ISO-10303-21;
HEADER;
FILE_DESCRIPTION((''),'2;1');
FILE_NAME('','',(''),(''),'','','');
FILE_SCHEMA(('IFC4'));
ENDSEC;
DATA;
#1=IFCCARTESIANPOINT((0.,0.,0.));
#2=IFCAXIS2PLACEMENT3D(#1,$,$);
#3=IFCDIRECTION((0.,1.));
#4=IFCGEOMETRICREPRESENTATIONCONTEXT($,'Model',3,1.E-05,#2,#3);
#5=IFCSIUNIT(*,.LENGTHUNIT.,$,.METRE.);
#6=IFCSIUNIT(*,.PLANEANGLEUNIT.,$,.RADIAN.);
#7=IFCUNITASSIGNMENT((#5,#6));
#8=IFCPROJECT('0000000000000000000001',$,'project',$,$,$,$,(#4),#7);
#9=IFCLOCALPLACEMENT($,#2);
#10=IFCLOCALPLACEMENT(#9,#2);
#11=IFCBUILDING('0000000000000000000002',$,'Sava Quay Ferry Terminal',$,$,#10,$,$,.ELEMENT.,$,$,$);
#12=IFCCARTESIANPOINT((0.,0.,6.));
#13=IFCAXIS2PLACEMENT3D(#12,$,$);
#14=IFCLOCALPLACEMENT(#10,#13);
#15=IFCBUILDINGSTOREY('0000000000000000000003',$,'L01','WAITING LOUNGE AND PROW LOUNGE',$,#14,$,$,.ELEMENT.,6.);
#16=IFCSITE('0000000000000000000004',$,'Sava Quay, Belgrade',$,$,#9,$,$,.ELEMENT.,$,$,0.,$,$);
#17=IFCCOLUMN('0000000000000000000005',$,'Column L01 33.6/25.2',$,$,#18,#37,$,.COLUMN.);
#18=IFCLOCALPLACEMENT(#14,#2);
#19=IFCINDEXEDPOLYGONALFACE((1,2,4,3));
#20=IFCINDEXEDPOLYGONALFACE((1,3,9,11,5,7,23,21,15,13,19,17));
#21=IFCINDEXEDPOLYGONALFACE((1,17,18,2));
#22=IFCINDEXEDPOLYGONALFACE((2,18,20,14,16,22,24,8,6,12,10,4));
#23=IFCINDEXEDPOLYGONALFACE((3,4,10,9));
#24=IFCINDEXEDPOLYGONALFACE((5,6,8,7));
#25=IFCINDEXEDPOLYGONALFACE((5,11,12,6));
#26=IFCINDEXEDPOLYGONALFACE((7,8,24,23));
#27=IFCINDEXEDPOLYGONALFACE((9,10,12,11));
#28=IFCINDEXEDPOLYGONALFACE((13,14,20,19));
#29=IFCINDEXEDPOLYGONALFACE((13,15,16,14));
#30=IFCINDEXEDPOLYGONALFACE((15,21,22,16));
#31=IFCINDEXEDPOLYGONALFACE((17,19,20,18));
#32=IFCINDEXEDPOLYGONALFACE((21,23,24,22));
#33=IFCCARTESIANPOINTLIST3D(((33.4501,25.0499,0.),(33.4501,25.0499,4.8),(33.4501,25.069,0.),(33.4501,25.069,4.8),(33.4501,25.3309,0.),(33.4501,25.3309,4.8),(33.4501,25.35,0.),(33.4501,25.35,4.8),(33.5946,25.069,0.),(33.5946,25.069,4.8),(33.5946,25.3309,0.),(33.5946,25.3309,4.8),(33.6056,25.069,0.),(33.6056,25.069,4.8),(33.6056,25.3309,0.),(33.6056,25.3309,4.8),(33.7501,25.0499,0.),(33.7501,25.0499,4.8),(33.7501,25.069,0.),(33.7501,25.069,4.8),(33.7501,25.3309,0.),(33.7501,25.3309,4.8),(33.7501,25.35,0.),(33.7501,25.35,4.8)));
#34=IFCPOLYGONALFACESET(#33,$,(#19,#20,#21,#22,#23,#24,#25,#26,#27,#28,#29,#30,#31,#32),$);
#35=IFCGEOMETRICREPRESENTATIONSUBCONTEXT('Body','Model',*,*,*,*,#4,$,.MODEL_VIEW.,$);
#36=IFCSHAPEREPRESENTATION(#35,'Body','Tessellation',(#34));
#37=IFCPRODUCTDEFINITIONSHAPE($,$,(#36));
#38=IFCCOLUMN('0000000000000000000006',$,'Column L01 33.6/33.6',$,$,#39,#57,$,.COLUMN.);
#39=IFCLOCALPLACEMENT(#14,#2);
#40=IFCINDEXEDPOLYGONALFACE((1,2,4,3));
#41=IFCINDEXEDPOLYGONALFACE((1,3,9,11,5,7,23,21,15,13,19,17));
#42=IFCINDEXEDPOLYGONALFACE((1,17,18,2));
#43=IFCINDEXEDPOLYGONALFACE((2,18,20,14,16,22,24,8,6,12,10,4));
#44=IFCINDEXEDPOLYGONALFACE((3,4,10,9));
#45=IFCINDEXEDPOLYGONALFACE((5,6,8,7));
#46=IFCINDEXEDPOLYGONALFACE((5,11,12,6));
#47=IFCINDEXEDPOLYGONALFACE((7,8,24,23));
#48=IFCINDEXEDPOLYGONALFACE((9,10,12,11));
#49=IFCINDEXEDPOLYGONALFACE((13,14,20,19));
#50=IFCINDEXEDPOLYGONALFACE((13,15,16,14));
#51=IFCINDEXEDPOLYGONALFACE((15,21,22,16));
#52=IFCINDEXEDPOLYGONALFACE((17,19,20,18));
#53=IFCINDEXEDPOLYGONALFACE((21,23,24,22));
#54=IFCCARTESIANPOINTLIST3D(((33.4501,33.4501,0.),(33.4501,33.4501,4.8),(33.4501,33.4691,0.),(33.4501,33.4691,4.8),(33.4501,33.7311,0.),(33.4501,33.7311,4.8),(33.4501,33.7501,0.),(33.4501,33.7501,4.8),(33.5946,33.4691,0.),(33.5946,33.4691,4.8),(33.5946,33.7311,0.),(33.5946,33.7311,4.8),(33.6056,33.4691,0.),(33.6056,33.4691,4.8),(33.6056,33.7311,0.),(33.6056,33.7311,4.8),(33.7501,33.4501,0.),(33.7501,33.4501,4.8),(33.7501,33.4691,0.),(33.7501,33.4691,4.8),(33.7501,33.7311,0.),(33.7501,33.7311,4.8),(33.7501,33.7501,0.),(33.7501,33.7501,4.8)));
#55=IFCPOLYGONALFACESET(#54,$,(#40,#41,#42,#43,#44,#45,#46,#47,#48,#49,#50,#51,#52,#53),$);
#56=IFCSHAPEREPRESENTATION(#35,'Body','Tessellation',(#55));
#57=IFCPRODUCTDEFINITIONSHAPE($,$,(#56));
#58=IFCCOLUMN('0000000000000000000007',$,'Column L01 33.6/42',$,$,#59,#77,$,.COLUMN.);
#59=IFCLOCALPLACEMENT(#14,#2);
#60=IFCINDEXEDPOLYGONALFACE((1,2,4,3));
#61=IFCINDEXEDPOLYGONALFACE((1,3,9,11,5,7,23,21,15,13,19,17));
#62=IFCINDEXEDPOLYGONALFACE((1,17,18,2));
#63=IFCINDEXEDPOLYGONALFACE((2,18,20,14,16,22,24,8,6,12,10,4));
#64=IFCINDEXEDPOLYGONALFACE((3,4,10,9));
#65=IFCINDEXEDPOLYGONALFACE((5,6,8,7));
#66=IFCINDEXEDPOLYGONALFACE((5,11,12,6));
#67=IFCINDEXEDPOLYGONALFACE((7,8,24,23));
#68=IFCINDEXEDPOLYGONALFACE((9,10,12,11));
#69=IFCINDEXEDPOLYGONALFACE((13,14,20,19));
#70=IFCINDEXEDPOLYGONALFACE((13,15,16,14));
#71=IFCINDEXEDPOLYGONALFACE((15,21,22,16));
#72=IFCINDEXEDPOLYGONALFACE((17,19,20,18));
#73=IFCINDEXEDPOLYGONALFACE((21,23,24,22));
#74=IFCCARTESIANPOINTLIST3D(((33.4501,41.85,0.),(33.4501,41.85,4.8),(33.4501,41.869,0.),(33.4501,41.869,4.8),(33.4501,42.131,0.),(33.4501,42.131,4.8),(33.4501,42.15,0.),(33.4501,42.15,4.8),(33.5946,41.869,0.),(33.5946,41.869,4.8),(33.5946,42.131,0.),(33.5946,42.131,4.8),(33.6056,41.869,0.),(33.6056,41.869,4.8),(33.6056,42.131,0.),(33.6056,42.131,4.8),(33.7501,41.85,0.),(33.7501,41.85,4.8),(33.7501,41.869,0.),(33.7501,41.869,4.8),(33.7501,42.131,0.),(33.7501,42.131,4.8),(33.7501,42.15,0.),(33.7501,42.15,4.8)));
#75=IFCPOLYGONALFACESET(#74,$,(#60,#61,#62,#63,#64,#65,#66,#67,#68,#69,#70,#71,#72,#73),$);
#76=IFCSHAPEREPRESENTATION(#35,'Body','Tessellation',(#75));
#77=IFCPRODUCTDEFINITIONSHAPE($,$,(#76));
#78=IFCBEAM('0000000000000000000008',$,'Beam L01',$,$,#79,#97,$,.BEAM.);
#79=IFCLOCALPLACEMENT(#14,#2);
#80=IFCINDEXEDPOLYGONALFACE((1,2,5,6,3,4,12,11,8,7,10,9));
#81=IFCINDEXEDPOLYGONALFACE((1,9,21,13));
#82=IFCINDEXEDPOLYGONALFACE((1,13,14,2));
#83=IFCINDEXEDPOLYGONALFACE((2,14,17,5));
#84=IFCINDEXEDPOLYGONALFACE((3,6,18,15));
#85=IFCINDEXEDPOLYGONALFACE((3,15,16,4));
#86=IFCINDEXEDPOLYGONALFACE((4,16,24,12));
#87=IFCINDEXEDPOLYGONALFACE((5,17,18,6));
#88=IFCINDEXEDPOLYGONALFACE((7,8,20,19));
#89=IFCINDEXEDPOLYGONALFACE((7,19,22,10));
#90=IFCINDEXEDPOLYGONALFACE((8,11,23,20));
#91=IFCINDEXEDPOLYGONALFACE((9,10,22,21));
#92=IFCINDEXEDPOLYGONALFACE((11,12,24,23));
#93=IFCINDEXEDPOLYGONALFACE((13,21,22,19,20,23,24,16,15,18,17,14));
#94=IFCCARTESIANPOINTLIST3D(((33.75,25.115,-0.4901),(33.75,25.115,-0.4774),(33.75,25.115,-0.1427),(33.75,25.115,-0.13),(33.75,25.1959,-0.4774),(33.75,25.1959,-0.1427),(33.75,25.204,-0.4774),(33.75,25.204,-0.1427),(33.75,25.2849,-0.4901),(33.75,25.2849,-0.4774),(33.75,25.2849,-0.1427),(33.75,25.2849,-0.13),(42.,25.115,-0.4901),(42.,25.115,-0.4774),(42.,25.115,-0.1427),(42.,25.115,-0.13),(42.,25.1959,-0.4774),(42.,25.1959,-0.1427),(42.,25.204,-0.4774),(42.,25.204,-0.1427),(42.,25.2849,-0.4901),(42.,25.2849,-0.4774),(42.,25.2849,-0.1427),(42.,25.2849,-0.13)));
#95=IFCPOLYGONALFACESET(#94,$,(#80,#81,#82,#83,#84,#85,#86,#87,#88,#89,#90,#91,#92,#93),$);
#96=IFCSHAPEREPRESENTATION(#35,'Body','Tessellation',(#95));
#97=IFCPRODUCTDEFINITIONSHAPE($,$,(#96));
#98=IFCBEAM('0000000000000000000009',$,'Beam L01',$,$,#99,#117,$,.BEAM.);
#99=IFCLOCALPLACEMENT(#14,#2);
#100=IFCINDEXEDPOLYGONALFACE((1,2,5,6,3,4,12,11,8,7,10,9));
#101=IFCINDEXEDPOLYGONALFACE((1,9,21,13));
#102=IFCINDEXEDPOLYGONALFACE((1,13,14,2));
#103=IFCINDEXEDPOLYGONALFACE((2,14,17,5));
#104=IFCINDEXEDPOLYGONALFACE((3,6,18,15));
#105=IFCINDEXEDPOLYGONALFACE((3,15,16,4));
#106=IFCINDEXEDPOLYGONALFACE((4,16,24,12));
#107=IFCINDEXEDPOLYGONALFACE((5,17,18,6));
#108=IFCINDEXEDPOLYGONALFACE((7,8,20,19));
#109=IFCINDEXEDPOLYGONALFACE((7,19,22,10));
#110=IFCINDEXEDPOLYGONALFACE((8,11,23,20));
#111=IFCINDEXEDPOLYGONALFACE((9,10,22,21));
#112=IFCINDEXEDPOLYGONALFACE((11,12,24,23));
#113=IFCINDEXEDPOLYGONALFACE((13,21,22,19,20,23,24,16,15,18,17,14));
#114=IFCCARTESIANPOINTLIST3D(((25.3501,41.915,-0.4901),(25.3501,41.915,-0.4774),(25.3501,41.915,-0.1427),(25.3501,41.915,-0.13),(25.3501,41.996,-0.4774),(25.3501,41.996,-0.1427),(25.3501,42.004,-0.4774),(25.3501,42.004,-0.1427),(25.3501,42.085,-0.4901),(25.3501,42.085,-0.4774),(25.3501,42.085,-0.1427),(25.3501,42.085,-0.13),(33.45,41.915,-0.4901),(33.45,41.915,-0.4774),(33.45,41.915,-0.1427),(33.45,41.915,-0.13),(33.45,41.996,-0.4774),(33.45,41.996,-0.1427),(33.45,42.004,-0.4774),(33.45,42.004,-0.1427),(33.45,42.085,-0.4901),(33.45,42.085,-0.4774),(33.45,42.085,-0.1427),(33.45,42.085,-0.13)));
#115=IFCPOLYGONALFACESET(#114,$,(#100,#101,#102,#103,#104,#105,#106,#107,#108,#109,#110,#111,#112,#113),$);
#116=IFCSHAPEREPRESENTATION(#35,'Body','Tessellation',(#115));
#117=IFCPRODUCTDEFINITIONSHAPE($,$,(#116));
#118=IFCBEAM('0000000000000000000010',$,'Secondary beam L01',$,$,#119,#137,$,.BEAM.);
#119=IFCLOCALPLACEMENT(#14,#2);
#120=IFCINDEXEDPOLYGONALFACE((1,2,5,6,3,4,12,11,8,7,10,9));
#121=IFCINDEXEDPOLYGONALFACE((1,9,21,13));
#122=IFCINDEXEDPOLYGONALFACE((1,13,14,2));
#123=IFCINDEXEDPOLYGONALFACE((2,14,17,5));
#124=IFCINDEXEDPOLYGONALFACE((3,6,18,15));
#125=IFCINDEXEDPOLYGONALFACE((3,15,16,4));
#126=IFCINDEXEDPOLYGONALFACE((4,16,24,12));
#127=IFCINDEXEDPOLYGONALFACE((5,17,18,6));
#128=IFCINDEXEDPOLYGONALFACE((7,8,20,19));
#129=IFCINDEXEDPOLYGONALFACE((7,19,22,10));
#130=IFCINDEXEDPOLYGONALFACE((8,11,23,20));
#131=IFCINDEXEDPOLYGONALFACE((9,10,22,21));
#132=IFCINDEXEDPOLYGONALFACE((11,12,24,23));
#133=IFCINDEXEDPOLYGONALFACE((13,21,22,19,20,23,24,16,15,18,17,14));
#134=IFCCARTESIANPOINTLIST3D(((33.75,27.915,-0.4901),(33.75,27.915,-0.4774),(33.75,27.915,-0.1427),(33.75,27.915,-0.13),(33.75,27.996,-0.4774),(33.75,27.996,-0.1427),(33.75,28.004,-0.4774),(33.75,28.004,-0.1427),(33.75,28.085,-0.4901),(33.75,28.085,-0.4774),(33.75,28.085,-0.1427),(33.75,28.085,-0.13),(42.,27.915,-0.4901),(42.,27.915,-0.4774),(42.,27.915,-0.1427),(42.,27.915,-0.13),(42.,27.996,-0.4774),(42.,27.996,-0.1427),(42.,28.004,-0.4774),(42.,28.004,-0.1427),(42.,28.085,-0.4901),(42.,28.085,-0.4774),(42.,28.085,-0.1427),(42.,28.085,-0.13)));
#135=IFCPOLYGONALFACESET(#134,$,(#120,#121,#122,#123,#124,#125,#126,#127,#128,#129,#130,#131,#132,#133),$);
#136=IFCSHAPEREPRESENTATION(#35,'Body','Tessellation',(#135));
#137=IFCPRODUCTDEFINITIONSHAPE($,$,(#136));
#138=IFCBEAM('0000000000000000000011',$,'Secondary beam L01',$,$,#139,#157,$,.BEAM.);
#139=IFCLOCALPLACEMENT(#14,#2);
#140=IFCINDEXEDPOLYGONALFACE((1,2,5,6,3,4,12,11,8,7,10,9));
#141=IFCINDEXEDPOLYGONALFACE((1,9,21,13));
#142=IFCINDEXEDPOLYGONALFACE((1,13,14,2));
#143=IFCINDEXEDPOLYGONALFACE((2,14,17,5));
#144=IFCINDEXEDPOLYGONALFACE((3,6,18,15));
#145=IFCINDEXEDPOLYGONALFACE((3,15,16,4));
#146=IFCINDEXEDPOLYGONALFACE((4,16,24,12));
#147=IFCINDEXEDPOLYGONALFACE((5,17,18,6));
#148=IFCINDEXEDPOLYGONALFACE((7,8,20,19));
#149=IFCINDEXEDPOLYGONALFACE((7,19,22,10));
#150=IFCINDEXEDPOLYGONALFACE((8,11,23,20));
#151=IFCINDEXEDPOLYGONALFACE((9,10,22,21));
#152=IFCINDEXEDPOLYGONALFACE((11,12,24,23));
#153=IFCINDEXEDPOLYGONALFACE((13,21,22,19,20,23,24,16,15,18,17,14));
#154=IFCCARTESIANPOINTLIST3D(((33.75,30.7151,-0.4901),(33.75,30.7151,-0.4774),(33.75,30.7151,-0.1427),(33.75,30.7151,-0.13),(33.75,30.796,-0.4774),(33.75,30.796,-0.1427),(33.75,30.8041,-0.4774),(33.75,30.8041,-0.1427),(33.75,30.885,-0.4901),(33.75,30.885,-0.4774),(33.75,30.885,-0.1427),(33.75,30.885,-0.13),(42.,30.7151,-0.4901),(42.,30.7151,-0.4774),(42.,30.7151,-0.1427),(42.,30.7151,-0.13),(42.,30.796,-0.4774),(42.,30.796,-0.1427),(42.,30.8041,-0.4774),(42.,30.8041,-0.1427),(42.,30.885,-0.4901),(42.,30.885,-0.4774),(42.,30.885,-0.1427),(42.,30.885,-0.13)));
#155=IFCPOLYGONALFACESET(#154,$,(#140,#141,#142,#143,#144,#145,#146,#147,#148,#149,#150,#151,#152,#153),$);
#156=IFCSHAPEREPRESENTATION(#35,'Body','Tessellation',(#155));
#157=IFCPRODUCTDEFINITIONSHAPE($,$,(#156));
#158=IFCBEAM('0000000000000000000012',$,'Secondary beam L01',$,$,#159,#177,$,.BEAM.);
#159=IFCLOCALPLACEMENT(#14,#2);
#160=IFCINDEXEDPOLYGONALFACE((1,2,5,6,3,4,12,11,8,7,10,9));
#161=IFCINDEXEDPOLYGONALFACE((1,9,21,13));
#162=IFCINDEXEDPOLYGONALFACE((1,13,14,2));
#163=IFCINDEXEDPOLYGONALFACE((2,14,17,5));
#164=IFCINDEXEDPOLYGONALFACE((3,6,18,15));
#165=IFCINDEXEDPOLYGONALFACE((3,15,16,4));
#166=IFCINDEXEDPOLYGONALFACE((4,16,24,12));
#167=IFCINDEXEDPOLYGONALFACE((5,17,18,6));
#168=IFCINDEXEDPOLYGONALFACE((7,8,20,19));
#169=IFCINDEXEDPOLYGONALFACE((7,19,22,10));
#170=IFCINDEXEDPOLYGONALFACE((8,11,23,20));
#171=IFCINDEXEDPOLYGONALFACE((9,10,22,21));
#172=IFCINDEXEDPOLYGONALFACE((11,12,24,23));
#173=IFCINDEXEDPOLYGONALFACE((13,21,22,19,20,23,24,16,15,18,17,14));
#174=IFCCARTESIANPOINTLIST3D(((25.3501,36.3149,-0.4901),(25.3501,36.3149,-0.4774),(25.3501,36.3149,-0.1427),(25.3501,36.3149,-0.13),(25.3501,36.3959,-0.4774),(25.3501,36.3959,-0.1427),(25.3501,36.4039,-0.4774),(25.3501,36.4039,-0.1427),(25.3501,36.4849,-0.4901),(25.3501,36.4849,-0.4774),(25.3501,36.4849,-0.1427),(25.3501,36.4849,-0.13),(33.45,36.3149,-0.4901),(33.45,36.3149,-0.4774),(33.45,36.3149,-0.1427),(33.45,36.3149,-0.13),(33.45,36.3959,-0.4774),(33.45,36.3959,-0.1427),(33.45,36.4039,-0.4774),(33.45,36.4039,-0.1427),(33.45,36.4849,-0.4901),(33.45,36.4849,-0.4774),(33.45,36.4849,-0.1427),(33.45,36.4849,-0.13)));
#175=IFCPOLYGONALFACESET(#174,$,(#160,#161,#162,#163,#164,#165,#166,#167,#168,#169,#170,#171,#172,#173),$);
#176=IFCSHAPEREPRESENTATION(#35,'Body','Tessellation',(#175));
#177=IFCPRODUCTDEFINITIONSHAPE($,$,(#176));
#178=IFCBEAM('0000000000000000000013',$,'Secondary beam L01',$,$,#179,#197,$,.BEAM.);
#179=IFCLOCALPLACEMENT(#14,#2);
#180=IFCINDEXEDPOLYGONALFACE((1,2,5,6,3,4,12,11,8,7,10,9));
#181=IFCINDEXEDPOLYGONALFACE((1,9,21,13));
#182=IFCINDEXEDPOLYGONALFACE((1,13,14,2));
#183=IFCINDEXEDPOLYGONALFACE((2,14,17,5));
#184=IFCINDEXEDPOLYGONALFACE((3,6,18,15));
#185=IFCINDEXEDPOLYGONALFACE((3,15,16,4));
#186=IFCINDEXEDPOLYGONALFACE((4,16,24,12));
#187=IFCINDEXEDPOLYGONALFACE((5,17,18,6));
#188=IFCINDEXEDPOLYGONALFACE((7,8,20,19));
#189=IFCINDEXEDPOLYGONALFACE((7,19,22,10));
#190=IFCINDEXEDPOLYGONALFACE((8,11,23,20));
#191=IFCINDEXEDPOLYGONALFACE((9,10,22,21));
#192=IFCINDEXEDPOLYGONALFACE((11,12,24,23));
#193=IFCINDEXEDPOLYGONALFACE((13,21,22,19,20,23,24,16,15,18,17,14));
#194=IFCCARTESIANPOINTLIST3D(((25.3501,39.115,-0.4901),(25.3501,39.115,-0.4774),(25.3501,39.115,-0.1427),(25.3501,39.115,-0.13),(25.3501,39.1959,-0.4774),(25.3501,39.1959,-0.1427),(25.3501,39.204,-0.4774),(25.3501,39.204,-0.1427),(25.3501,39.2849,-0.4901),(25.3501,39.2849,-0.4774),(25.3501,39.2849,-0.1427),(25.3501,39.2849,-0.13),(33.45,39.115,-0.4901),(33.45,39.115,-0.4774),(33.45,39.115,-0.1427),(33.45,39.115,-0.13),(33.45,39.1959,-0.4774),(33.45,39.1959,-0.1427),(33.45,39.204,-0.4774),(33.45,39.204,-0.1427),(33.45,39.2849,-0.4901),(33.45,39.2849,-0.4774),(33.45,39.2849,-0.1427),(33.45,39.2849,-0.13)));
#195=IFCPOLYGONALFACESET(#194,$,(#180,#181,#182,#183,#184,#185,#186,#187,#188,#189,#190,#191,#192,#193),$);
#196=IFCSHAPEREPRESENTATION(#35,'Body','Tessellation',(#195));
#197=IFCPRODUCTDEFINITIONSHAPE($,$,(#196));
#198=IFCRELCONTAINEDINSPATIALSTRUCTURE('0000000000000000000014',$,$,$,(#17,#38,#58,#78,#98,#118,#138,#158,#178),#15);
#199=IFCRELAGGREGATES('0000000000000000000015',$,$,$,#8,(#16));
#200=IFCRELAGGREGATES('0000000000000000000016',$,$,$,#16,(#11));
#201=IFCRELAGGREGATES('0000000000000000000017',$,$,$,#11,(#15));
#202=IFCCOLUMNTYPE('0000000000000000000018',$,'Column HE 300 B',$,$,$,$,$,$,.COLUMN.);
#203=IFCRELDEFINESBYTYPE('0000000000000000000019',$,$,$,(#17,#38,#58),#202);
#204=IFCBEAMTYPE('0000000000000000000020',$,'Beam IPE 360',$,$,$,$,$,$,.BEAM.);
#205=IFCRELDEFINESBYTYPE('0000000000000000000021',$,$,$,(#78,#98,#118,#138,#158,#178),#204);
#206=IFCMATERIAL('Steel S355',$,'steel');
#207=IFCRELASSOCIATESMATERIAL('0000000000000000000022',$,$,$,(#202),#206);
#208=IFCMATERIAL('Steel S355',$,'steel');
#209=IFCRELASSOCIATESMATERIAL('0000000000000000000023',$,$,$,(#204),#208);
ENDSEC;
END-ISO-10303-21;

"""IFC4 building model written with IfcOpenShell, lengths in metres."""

from ifc_helpers import new_model, si_unit, direction, frame, origin, origin_2d, place, context, subcontext, project, spatial, i_section, extrude, material, material_profile, profile_set, type_object, element, save


model = new_model("IFC4")

# Units and contexts
model_context = context("Model", 3, precision=1e-05, world=origin(), true_north=direction((0.0, 1.0)))
body_context = subcontext(model_context, "Body", "Model", "MODEL_VIEW")
ifc_project = project(units=[si_unit("LENGTHUNIT", "METRE"), si_unit("PLANEANGLEUNIT", "RADIAN")], contexts=[model_context])

# Site, building, storey
site_placement = place(None, origin())
site = spatial("IfcSite", under=ifc_project, at=site_placement, Name="Sava Quay, Belgrade", CompositionType="ELEMENT", RefElevation=0.0)
building_placement = place(site_placement, origin())
building = spatial("IfcBuilding", under=site, at=building_placement, Name="Sava Quay Ferry Terminal", CompositionType="ELEMENT")
storey_placement = place(building_placement, frame((0.0, 0.0, 6.0)))
storey = spatial("IfcBuildingStorey", under=building, at=storey_placement, Name="L01", Description="WAITING LOUNGE AND PROW LOUNGE", CompositionType="ELEMENT", Elevation=6.0)

# Columns
ifc_material_1 = material(Name="Steel S355", Category="steel")
ifc_material_profile_1 = material_profile(ifc_material_1, i_section(OverallWidth=0.3, OverallDepth=0.3, WebThickness=0.011, FlangeThickness=0.019, at=origin_2d()), Name="HE 300 B")
ifc_profile_set_1 = profile_set([ifc_material_profile_1], Name="Steel S355")
column_type = type_object("IfcColumnType", Name="Column HE 300 B", PredefinedType="COLUMN", material=ifc_profile_set_1)
for number, where, z_axis, x_axis, name in (
    (1, (33.6001, 25.2, 0.0), (0.0, 0.0, 1.0), (1.0, 0.0, 0.0), "Column L01 33.6/25.2"),
    (2, (33.6001, 33.6001, 0.0), (0.0, 0.0, 1.0), (1.0, 0.0, 0.0), "Column L01 33.6/33.6"),
    (3, (33.6001, 42.0, 0.0), (0.0, 0.0, 1.0), (1.0, 0.0, 0.0), "Column L01 33.6/42"),
):
    element("IfcColumn", number, at=place(storey_placement, frame(where, z_axis=z_axis, x_axis=x_axis)), inside=storey, type_object=column_type, Name=name, PredefinedType="COLUMN", context=body_context, shape_type="SweptSolid", body=[
        extrude(i_section(OverallWidth=0.3, OverallDepth=0.3, WebThickness=0.011, FlangeThickness=0.019, at=origin_2d()), origin(), (0.0, 0.0, 1.0), 4.8),
    ])

# Beams
ifc_material_2 = material(Name="Steel S355", Category="steel")
ifc_material_profile_2 = material_profile(ifc_material_2, i_section(OverallWidth=0.1699, OverallDepth=0.3601, WebThickness=0.0081, FlangeThickness=0.0127, at=origin_2d()), Name="IPE 360")
ifc_profile_set_2 = profile_set([ifc_material_profile_2], Name="Steel S355")
beam_type_1 = type_object("IfcBeamType", Name="Beam IPE 360", PredefinedType="BEAM", material=ifc_profile_set_2)
beam_1_placement = place(storey_placement, frame((33.75, 25.2, -0.3101), z_axis=(1.0, 0.0, 0.0), x_axis=(0.0, 1.0, 0.0)))
element("IfcBeam", 4, at=beam_1_placement, inside=storey, type_object=beam_type_1, Name="Beam L01", PredefinedType="BEAM", context=body_context, shape_type="SweptSolid", body=[
    extrude(i_section(OverallWidth=0.1699, OverallDepth=0.3601, WebThickness=0.0081, FlangeThickness=0.0127, at=origin_2d()), origin(), (0.0, 0.0, 1.0), 8.25),
])
beam_2_placement = place(storey_placement, frame((25.3501, 42.0, -0.3101), z_axis=(1.0, 0.0, 0.0), x_axis=(0.0, 1.0, 0.0)))
element("IfcBeam", 5, at=beam_2_placement, inside=storey, type_object=beam_type_1, Name="Beam L01", PredefinedType="BEAM", context=body_context, shape_type="SweptSolid", body=[
    extrude(i_section(OverallWidth=0.1699, OverallDepth=0.3601, WebThickness=0.0081, FlangeThickness=0.0127, at=origin_2d()), origin(), (0.0, 0.0, 1.0), 8.0999),
])
for number, where, z_axis, x_axis, name in (
    (6, (33.75, 28.0, -0.3101), (1.0, 0.0, 0.0), (0.0, 1.0, 0.0), "Secondary beam L01"),
    (7, (33.75, 30.8, -0.3101), (1.0, 0.0, 0.0), (0.0, 1.0, 0.0), "Secondary beam L01"),
):
    element("IfcBeam", number, at=place(storey_placement, frame(where, z_axis=z_axis, x_axis=x_axis)), inside=storey, type_object=beam_type_1, Name=name, PredefinedType="BEAM", context=body_context, shape_type="SweptSolid", body=[
        extrude(i_section(OverallWidth=0.1699, OverallDepth=0.3601, WebThickness=0.0081, FlangeThickness=0.0127, at=origin_2d()), origin(), (0.0, 0.0, 1.0), 8.25),
    ])
for number, where, z_axis, x_axis, name in (
    (8, (25.3501, 36.3999, -0.3101), (1.0, 0.0, 0.0), (0.0, 1.0, 0.0), "Secondary beam L01"),
    (9, (25.3501, 39.2, -0.3101), (1.0, 0.0, 0.0), (0.0, 1.0, 0.0), "Secondary beam L01"),
):
    element("IfcBeam", number, at=place(storey_placement, frame(where, z_axis=z_axis, x_axis=x_axis)), inside=storey, type_object=beam_type_1, Name=name, PredefinedType="BEAM", context=body_context, shape_type="SweptSolid", body=[
        extrude(i_section(OverallWidth=0.1699, OverallDepth=0.3601, WebThickness=0.0081, FlangeThickness=0.0127, at=origin_2d()), origin(), (0.0, 0.0, 1.0), 8.0999),
    ])

save(model, "model.ifc")
